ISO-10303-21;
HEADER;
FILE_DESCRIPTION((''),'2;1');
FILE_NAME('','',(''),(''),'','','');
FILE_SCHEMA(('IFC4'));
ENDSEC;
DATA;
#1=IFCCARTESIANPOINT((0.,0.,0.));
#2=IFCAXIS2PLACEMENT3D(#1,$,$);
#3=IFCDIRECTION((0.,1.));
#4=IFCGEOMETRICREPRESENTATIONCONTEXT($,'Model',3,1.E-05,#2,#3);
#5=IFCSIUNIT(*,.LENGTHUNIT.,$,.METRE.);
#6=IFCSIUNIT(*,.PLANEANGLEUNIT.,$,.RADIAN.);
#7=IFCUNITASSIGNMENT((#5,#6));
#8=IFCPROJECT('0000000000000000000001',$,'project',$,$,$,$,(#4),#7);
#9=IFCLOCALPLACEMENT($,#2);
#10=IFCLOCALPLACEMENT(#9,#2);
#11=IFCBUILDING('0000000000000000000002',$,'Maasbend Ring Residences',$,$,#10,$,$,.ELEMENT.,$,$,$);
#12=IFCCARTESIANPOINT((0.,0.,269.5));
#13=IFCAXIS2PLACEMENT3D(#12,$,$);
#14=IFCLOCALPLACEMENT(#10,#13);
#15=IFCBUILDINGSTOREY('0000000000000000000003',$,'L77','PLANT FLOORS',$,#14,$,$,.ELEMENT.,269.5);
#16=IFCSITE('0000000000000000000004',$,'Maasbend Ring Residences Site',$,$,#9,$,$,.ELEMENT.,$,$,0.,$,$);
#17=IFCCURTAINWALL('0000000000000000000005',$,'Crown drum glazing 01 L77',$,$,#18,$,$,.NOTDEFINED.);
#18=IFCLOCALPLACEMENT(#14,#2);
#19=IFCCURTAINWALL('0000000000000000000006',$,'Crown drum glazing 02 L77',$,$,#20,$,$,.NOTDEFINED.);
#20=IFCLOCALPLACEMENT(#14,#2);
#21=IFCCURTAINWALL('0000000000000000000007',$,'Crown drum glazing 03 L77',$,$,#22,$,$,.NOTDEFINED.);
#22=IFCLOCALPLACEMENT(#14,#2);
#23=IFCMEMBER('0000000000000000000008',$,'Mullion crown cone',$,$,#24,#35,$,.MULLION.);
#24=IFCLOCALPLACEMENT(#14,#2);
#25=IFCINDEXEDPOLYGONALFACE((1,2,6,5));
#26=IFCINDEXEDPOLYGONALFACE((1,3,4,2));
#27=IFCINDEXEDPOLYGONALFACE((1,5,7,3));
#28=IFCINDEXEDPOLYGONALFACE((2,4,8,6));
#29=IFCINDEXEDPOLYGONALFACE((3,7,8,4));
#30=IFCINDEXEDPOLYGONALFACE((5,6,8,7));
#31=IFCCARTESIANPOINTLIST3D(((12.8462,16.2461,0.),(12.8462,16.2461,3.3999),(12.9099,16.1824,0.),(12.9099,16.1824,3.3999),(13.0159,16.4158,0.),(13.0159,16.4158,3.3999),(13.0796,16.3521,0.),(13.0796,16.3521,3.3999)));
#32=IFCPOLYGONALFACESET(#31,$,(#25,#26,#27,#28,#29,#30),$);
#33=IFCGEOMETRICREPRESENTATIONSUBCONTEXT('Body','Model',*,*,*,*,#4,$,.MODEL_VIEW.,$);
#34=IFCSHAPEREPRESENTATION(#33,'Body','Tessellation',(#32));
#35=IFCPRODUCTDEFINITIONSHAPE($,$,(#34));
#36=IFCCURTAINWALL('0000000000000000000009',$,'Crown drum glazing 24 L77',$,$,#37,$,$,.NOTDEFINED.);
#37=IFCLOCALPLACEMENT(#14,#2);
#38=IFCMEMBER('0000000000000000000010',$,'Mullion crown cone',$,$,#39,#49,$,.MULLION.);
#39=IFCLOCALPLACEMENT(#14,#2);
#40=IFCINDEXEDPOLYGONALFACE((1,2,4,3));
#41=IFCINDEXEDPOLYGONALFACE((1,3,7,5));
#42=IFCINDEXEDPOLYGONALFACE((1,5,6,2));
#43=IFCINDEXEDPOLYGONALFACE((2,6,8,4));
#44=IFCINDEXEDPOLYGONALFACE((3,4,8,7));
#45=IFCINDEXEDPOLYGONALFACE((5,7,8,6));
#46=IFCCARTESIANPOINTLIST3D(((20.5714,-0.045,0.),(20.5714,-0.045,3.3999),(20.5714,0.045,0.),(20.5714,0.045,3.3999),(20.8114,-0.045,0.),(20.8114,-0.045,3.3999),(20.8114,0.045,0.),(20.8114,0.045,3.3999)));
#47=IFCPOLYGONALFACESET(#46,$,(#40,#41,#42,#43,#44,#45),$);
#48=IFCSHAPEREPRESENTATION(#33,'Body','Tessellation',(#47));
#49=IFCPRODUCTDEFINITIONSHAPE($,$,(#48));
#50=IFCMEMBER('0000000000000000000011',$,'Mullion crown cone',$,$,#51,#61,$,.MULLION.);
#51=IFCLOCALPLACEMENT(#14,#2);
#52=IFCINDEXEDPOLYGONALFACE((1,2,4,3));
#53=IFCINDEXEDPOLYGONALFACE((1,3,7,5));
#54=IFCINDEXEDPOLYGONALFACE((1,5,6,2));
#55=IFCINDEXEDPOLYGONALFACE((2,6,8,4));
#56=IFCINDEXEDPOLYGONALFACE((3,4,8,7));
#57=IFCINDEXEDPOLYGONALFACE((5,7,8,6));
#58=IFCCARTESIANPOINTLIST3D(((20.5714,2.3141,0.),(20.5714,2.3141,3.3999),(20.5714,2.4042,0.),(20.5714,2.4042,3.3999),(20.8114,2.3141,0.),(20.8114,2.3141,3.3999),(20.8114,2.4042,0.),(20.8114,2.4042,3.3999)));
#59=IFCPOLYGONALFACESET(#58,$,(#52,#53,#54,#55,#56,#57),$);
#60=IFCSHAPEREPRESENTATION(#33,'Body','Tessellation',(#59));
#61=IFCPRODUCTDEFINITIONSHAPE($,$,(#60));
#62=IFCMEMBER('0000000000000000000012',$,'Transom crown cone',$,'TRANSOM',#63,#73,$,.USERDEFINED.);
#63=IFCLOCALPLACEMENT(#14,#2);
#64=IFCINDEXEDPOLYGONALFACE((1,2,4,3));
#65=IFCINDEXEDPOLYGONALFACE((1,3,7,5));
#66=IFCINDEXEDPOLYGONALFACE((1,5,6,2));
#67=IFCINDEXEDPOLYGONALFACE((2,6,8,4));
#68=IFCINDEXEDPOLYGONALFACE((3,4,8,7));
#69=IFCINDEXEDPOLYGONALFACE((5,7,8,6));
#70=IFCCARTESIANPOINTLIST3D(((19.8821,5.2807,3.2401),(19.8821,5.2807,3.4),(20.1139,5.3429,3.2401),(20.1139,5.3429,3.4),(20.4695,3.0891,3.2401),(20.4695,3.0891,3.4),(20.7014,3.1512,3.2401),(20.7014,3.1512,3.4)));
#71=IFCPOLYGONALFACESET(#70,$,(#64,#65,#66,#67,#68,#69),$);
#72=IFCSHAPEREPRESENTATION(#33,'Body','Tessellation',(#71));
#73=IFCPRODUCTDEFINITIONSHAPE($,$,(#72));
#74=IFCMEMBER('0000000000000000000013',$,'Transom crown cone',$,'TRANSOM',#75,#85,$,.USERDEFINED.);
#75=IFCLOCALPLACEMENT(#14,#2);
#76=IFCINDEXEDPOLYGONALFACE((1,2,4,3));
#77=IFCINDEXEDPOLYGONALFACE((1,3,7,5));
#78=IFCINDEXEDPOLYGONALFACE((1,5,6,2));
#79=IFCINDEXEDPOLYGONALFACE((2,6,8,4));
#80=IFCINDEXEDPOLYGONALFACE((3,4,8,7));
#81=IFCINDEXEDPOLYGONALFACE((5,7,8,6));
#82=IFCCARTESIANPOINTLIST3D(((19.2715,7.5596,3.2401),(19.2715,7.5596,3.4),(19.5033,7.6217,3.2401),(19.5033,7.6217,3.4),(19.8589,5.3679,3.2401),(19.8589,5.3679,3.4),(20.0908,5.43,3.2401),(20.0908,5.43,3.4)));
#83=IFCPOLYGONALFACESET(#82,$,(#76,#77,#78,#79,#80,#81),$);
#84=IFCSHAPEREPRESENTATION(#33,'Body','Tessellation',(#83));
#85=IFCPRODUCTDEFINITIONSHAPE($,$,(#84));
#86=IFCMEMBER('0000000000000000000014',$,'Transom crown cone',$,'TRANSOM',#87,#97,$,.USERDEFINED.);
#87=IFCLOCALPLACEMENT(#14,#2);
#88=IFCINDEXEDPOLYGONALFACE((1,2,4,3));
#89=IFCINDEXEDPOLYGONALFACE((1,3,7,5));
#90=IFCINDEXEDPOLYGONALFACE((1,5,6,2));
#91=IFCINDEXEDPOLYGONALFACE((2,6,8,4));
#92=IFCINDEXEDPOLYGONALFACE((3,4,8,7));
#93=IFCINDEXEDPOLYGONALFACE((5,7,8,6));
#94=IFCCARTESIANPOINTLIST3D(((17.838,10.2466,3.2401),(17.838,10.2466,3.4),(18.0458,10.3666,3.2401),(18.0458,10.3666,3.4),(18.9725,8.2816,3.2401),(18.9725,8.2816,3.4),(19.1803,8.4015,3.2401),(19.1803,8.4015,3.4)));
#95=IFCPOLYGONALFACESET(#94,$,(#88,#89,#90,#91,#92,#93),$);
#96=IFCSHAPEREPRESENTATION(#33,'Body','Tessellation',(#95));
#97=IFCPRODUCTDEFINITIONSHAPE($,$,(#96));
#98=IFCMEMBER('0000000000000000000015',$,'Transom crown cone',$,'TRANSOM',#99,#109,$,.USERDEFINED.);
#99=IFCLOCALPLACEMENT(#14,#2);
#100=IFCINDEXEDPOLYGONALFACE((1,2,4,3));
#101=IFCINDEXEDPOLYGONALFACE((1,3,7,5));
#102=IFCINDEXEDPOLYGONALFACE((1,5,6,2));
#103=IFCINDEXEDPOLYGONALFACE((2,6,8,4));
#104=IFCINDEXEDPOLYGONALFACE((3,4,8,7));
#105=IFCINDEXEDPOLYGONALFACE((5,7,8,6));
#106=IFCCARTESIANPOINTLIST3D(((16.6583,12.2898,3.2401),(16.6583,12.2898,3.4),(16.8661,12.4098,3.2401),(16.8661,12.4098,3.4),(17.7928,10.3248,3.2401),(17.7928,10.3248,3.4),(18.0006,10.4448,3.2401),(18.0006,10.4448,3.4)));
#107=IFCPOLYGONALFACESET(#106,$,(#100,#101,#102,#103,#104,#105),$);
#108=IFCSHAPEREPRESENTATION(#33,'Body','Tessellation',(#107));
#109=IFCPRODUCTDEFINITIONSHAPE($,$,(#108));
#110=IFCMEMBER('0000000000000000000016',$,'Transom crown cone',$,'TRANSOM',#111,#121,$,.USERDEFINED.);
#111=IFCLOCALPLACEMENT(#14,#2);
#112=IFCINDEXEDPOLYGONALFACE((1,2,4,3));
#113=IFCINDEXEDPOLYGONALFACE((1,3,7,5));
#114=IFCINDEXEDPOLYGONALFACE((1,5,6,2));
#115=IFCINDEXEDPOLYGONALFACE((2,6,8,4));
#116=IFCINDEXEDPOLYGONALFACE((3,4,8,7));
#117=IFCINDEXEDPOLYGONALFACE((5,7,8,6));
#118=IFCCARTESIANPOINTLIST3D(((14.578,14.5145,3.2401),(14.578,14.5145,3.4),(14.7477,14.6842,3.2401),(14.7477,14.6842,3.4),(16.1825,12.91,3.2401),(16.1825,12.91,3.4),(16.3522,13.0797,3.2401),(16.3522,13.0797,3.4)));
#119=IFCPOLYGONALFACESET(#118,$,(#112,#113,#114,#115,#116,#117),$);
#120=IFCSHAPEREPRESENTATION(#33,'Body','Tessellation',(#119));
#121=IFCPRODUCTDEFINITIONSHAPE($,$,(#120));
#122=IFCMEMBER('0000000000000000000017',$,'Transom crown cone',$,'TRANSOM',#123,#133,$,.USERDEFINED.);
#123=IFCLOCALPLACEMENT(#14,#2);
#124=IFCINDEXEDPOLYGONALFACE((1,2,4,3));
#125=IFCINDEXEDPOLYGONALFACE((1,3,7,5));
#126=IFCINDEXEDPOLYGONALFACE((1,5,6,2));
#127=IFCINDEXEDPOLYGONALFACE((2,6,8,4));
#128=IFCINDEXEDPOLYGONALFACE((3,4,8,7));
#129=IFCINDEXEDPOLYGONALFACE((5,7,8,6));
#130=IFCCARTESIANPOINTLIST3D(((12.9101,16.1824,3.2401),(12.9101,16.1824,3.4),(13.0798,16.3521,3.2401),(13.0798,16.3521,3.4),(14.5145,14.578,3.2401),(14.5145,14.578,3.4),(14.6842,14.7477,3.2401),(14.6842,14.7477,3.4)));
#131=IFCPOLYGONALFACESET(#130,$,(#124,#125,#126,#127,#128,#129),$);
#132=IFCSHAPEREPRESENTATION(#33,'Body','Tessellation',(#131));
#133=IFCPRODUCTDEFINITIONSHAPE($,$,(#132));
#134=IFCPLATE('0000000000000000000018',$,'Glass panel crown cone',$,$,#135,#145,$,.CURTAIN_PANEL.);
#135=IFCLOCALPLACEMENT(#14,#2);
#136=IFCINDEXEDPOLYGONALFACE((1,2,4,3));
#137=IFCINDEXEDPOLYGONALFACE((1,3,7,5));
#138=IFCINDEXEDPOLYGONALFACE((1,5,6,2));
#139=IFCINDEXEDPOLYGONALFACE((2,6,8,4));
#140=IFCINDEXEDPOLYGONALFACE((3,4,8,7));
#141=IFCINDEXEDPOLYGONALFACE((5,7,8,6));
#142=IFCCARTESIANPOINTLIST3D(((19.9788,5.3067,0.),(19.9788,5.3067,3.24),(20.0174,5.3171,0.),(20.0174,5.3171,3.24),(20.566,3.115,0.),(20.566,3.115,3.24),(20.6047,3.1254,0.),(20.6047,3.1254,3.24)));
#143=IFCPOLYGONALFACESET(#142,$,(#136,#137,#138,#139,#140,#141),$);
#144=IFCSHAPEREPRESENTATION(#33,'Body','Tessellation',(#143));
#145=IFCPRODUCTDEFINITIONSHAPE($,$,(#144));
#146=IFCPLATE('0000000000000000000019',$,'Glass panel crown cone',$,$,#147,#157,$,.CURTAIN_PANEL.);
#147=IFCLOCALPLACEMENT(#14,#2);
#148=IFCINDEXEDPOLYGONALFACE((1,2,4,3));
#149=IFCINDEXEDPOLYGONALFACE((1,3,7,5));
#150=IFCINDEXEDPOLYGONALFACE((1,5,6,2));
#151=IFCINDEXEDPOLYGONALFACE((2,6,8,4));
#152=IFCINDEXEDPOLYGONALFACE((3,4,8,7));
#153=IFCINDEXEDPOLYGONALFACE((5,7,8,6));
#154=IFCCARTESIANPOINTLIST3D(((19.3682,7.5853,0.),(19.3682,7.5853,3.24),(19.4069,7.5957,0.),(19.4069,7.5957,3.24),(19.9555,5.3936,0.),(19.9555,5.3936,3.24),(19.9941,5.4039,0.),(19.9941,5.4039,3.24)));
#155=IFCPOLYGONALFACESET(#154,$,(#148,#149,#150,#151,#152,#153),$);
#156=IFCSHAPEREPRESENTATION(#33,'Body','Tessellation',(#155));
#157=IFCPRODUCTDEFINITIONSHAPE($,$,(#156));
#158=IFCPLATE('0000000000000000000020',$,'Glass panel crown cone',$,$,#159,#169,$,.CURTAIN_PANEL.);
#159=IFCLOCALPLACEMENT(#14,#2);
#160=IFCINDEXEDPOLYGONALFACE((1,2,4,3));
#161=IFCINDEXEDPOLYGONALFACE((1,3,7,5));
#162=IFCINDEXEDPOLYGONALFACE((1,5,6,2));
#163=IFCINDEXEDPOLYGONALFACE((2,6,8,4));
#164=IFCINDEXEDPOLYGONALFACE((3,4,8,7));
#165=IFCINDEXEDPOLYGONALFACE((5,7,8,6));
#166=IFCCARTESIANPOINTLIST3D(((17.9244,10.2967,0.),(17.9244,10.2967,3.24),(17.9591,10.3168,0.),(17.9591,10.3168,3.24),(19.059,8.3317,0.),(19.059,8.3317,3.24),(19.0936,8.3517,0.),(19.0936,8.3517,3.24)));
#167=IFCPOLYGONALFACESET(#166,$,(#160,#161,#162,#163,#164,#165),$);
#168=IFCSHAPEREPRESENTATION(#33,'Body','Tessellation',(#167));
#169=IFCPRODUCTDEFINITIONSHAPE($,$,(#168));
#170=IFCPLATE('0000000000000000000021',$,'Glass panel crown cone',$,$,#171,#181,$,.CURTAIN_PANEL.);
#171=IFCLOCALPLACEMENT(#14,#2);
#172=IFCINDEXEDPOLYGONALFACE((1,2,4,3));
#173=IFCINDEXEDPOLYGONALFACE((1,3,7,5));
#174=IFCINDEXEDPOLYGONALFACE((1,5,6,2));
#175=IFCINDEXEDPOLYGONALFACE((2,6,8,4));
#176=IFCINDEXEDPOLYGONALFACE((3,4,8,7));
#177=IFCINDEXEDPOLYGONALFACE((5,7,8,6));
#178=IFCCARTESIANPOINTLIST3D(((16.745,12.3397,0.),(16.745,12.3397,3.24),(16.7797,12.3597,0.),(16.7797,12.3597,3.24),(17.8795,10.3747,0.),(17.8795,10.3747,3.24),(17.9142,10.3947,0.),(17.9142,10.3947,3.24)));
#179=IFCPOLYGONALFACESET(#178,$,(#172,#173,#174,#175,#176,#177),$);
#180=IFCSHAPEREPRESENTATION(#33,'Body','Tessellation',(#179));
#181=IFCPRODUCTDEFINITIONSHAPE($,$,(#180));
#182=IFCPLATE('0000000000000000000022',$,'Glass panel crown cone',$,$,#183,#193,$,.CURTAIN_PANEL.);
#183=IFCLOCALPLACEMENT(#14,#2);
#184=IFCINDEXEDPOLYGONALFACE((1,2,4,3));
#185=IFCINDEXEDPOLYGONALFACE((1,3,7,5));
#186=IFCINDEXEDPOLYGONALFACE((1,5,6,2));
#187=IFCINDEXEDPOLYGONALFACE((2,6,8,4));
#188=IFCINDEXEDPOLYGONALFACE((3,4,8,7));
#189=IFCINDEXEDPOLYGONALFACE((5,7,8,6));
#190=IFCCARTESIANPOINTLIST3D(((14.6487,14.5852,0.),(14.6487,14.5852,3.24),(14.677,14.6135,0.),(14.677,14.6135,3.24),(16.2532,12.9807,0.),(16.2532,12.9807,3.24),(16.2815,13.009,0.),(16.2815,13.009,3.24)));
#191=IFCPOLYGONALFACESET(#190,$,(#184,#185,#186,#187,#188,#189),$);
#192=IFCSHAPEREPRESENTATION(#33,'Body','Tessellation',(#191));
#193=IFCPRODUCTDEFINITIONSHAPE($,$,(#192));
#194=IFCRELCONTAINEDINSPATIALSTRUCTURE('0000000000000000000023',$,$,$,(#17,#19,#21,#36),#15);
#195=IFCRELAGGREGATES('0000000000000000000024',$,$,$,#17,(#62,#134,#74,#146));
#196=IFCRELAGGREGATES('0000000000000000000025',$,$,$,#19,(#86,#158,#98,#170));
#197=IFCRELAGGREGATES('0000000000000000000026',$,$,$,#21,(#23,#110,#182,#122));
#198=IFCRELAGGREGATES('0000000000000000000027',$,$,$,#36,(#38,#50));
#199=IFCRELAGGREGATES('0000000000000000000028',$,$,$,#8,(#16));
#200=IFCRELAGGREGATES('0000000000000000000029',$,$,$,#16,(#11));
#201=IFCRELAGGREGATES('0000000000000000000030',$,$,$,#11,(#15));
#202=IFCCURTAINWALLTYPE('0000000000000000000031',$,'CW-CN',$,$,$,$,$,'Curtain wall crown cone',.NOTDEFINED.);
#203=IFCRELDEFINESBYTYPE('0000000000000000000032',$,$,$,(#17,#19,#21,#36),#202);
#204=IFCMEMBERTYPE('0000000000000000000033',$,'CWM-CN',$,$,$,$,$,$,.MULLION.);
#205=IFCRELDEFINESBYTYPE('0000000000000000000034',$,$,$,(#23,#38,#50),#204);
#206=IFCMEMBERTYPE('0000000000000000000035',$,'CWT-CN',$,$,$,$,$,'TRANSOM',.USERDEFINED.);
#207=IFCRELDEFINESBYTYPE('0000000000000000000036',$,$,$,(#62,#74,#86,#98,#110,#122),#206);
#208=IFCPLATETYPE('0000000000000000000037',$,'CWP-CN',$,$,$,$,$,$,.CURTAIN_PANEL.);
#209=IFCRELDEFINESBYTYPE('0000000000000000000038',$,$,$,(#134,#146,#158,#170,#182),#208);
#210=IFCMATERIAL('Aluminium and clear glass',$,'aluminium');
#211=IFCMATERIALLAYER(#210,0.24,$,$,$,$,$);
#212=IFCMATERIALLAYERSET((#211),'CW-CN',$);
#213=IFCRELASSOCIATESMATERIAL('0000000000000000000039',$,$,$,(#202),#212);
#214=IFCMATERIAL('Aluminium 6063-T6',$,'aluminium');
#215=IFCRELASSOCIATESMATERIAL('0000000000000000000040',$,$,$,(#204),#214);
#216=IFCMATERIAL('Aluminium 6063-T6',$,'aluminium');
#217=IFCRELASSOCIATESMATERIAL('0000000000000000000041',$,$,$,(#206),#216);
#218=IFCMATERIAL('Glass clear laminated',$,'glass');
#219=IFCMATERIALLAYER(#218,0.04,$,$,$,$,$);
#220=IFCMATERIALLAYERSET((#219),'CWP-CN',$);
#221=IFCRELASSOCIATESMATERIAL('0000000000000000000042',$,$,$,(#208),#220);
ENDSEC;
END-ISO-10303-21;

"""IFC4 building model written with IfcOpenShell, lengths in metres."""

from ifc_helpers import new_model, si_unit, direction, frame, origin, origin_2d, place, context, subcontext, project, spatial, rectangle, extrude, material, layer, layer_set, material_profile, profile_set, type_object, element, aggregate, save


model = new_model("IFC4")

# Units and contexts
model_context = context("Model", 3, precision=1e-05, world=origin(), true_north=direction((0.0, 1.0)))
body_context = subcontext(model_context, "Body", "Model", "MODEL_VIEW")
ifc_project = project(units=[si_unit("LENGTHUNIT", "METRE"), si_unit("PLANEANGLEUNIT", "RADIAN")], contexts=[model_context])

# Site, building, storey
site_placement = place(None, origin())
site = spatial("IfcSite", under=ifc_project, at=site_placement, Name="Maasbend Ring Residences Site", CompositionType="ELEMENT", RefElevation=0.0)
building_placement = place(site_placement, origin())
building = spatial("IfcBuilding", under=site, at=building_placement, Name="Maasbend Ring Residences", CompositionType="ELEMENT")
storey_placement = place(building_placement, frame((0.0, 0.0, 269.5)))
storey = spatial("IfcBuildingStorey", under=building, at=storey_placement, Name="L77", Description="PLANT FLOORS", CompositionType="ELEMENT", Elevation=269.5)

# Curtain walls, members
ifc_material_1 = material(Name="Aluminium and clear glass", Category="aluminium")
ifc_layer_1 = layer(ifc_material_1, 0.24)
ifc_layer_set_1 = layer_set([ifc_layer_1], Name="CW-CN")
curtain_wall_type = type_object("IfcCurtainWallType", Name="CW-CN", ElementType="Curtain wall crown cone", PredefinedType="NOTDEFINED", material=ifc_layer_set_1)
curtain_wall_1_placement = place(storey_placement, origin())
curtain_wall_1 = element("IfcCurtainWall", 1, at=curtain_wall_1_placement, inside=storey, type_object=curtain_wall_type, Name="Crown drum glazing 01 L77", PredefinedType="NOTDEFINED")
ifc_material_2 = material(Name="Aluminium 6063-T6", Category="aluminium")
ifc_material_profile_1 = material_profile(ifc_material_2, rectangle(XDim=0.24, YDim=0.0901, at=origin_2d()), Name="AL 240x90")
ifc_profile_set_1 = profile_set([ifc_material_profile_1], Name="Aluminium 6063-T6")
member_type_1 = type_object("IfcMemberType", Name="CWM-CN", PredefinedType="MULLION", material=ifc_profile_set_1)
curtain_wall_2_placement = place(storey_placement, origin())
curtain_wall_2 = element("IfcCurtainWall", 2, at=curtain_wall_2_placement, inside=storey, type_object=curtain_wall_type, Name="Crown drum glazing 02 L77", PredefinedType="NOTDEFINED")
curtain_wall_3_placement = place(storey_placement, origin())
curtain_wall_3 = element("IfcCurtainWall", 3, at=curtain_wall_3_placement, inside=storey, type_object=curtain_wall_type, Name="Crown drum glazing 03 L77", PredefinedType="NOTDEFINED")
member_1_placement = place(storey_placement, frame((12.9629, 16.2991, 0.0), z_axis=(0.0, 0.0, 1.0), x_axis=(-0.707107, -0.707107, 0.0)))
member_1 = element("IfcMember", 4, at=member_1_placement, type_object=member_type_1, Name="Mullion crown cone", PredefinedType="MULLION", context=body_context, shape_type="SweptSolid", body=[
    extrude(rectangle(XDim=0.24, YDim=0.0901, at=origin_2d()), origin(), (0.0, 0.0, 1.0), 3.3999),
])
curtain_wall_4_placement = place(storey_placement, origin())
curtain_wall_4 = element("IfcCurtainWall", 5, at=curtain_wall_4_placement, inside=storey, type_object=curtain_wall_type, Name="Crown drum glazing 24 L77", PredefinedType="NOTDEFINED")
member_2_placement = place(storey_placement, frame((20.6914, 0.0, 0.0), z_axis=(0.0, 0.0, 1.0), x_axis=(-1.0, 0.0, 0.0)))
member_2 = element("IfcMember", 6, at=member_2_placement, type_object=member_type_1, Name="Mullion crown cone", PredefinedType="MULLION", context=body_context, shape_type="SweptSolid", body=[
    extrude(rectangle(XDim=0.24, YDim=0.0901, at=origin_2d()), origin(), (0.0, 0.0, 1.0), 3.3999),
])
member_3_placement = place(storey_placement, frame((20.6914, 2.3591, 0.0), z_axis=(0.0, 0.0, 1.0), x_axis=(-1.0, 0.0, 0.0)))
member_3 = element("IfcMember", 7, at=member_3_placement, type_object=member_type_1, Name="Mullion crown cone", PredefinedType="MULLION", context=body_context, shape_type="SweptSolid", body=[
    extrude(rectangle(XDim=0.24, YDim=0.0901, at=origin_2d()), origin(), (0.0, 0.0, 1.0), 3.3999),
])

# Members
ifc_material_3 = material(Name="Aluminium 6063-T6", Category="aluminium")
ifc_material_profile_2 = material_profile(ifc_material_3, rectangle(XDim=0.24, YDim=0.1599, at=origin_2d()), Name="AL 240x160")
ifc_profile_set_2 = profile_set([ifc_material_profile_2], Name="Aluminium 6063-T6")
member_type_2 = type_object("IfcMemberType", Name="CWT-CN", ElementType="TRANSOM", PredefinedType="USERDEFINED", material=ifc_profile_set_2)
member_4_placement = place(storey_placement, frame((20.5854, 3.1201, 3.3201), z_axis=(-0.258881, 0.965909, 0.0), x_axis=(-0.965909, -0.258881, 0.0)))
member_4 = element("IfcMember", 8, at=member_4_placement, type_object=member_type_2, Name="Transom crown cone", ObjectType="TRANSOM", PredefinedType="USERDEFINED", context=body_context, shape_type="SweptSolid", body=[
    extrude(rectangle(XDim=0.24, YDim=0.1599, at=origin_2d()), origin(), (0.0, 0.0, 1.0), 2.269),
])
member_5_placement = place(storey_placement, frame((19.9749, 5.3989, 3.3201), z_axis=(-0.258881, 0.965909, 0.0), x_axis=(-0.965909, -0.258881, 0.0)))
member_5 = element("IfcMember", 9, at=member_5_placement, type_object=member_type_2, Name="Transom crown cone", ObjectType="TRANSOM", PredefinedType="USERDEFINED", context=body_context, shape_type="SweptSolid", body=[
    extrude(rectangle(XDim=0.24, YDim=0.1599, at=origin_2d()), origin(), (0.0, 0.0, 1.0), 2.269),
])
member_6_placement = place(storey_placement, frame((19.0764, 8.3416, 3.3201), z_axis=(-0.499993, 0.86603, 0.0), x_axis=(-0.86603, -0.499993, 0.0)))
member_6 = element("IfcMember", 10, at=member_6_placement, type_object=member_type_2, Name="Transom crown cone", ObjectType="TRANSOM", PredefinedType="USERDEFINED", context=body_context, shape_type="SweptSolid", body=[
    extrude(rectangle(XDim=0.24, YDim=0.1599, at=origin_2d()), origin(), (0.0, 0.0, 1.0), 2.269),
])
member_7_placement = place(storey_placement, frame((17.8967, 10.3848, 3.3201), z_axis=(-0.499993, 0.86603, 0.0), x_axis=(-0.86603, -0.499993, 0.0)))
member_7 = element("IfcMember", 11, at=member_7_placement, type_object=member_type_2, Name="Transom crown cone", ObjectType="TRANSOM", PredefinedType="USERDEFINED", context=body_context, shape_type="SweptSolid", body=[
    extrude(rectangle(XDim=0.24, YDim=0.1599, at=origin_2d()), origin(), (0.0, 0.0, 1.0), 2.269),
])
member_8_placement = place(storey_placement, frame((16.2673, 12.9949, 3.3201), z_axis=(-0.707107, 0.707107, 0.0), x_axis=(-0.707107, -0.707107, 0.0)))
member_8 = element("IfcMember", 12, at=member_8_placement, type_object=member_type_2, Name="Transom crown cone", ObjectType="TRANSOM", PredefinedType="USERDEFINED", context=body_context, shape_type="SweptSolid", body=[
    extrude(rectangle(XDim=0.24, YDim=0.1599, at=origin_2d()), origin(), (0.0, 0.0, 1.0), 2.269),
])
member_9_placement = place(storey_placement, frame((14.5994, 14.6628, 3.3201), z_axis=(-0.707107, 0.707107, 0.0), x_axis=(-0.707107, -0.707107, 0.0)))
member_9 = element("IfcMember", 13, at=member_9_placement, type_object=member_type_2, Name="Transom crown cone", ObjectType="TRANSOM", PredefinedType="USERDEFINED", context=body_context, shape_type="SweptSolid", body=[
    extrude(rectangle(XDim=0.24, YDim=0.1599, at=origin_2d()), origin(), (0.0, 0.0, 1.0), 2.269),
])

# Plates
ifc_material_4 = material(Name="Glass clear laminated", Category="glass")
ifc_layer_2 = layer(ifc_material_4, 0.04)
ifc_layer_set_2 = layer_set([ifc_layer_2], Name="CWP-CN")
plate_type = type_object("IfcPlateType", Name="CWP-CN", PredefinedType="CURTAIN_PANEL", material=ifc_layer_set_2)
plate_1_placement = place(storey_placement, frame((20.2917, 4.2161, 0.0), z_axis=(0.0, 0.0, 1.0), x_axis=(-0.258819, 0.965926, 0.0)))
plate_1 = element("IfcPlate", 14, at=plate_1_placement, type_object=plate_type, Name="Glass panel crown cone", PredefinedType="CURTAIN_PANEL", context=body_context, shape_type="SweptSolid", body=[
    extrude(rectangle(XDim=2.269, YDim=0.04, at=origin_2d()), origin(), (0.0, 0.0, 1.0), 3.24),
])
plate_2_placement = place(storey_placement, frame((19.6812, 6.4946, 0.0), z_axis=(0.0, 0.0, 1.0), x_axis=(-0.258819, 0.965926, 0.0)))
plate_2 = element("IfcPlate", 15, at=plate_2_placement, type_object=plate_type, Name="Glass panel crown cone", PredefinedType="CURTAIN_PANEL", context=body_context, shape_type="SweptSolid", body=[
    extrude(rectangle(XDim=2.269, YDim=0.04, at=origin_2d()), origin(), (0.0, 0.0, 1.0), 3.24),
])
aggregate(curtain_wall_1, [member_4, plate_1, member_5, plate_2])
plate_3_placement = place(storey_placement, frame((18.509, 9.3242, 0.0), z_axis=(0.0, 0.0, 1.0), x_axis=(-0.5, 0.866025, 0.0)))
plate_3 = element("IfcPlate", 16, at=plate_3_placement, type_object=plate_type, Name="Glass panel crown cone", PredefinedType="CURTAIN_PANEL", context=body_context, shape_type="SweptSolid", body=[
    extrude(rectangle(XDim=2.269, YDim=0.04, at=origin_2d()), origin(), (0.0, 0.0, 1.0), 3.24),
])
plate_4_placement = place(storey_placement, frame((17.3296, 11.3672, 0.0), z_axis=(0.0, 0.0, 1.0), x_axis=(-0.5, 0.866025, 0.0)))
plate_4 = element("IfcPlate", 17, at=plate_4_placement, type_object=plate_type, Name="Glass panel crown cone", PredefinedType="CURTAIN_PANEL", context=body_context, shape_type="SweptSolid", body=[
    extrude(rectangle(XDim=2.269, YDim=0.04, at=origin_2d()), origin(), (0.0, 0.0, 1.0), 3.24),
])
aggregate(curtain_wall_2, [member_6, plate_3, member_7, plate_4])
plate_5_placement = place(storey_placement, frame((15.4651, 13.7971, 0.0), z_axis=(0.0, 0.0, 1.0), x_axis=(-0.707107, 0.707107, 0.0)))
plate_5 = element("IfcPlate", 18, at=plate_5_placement, type_object=plate_type, Name="Glass panel crown cone", PredefinedType="CURTAIN_PANEL", context=body_context, shape_type="SweptSolid", body=[
    extrude(rectangle(XDim=2.269, YDim=0.04, at=origin_2d()), origin(), (0.0, 0.0, 1.0), 3.24),
])
aggregate(curtain_wall_3, [member_1, member_8, plate_5, member_9])
aggregate(curtain_wall_4, [member_2, member_3])

save(model, "model.ifc")
